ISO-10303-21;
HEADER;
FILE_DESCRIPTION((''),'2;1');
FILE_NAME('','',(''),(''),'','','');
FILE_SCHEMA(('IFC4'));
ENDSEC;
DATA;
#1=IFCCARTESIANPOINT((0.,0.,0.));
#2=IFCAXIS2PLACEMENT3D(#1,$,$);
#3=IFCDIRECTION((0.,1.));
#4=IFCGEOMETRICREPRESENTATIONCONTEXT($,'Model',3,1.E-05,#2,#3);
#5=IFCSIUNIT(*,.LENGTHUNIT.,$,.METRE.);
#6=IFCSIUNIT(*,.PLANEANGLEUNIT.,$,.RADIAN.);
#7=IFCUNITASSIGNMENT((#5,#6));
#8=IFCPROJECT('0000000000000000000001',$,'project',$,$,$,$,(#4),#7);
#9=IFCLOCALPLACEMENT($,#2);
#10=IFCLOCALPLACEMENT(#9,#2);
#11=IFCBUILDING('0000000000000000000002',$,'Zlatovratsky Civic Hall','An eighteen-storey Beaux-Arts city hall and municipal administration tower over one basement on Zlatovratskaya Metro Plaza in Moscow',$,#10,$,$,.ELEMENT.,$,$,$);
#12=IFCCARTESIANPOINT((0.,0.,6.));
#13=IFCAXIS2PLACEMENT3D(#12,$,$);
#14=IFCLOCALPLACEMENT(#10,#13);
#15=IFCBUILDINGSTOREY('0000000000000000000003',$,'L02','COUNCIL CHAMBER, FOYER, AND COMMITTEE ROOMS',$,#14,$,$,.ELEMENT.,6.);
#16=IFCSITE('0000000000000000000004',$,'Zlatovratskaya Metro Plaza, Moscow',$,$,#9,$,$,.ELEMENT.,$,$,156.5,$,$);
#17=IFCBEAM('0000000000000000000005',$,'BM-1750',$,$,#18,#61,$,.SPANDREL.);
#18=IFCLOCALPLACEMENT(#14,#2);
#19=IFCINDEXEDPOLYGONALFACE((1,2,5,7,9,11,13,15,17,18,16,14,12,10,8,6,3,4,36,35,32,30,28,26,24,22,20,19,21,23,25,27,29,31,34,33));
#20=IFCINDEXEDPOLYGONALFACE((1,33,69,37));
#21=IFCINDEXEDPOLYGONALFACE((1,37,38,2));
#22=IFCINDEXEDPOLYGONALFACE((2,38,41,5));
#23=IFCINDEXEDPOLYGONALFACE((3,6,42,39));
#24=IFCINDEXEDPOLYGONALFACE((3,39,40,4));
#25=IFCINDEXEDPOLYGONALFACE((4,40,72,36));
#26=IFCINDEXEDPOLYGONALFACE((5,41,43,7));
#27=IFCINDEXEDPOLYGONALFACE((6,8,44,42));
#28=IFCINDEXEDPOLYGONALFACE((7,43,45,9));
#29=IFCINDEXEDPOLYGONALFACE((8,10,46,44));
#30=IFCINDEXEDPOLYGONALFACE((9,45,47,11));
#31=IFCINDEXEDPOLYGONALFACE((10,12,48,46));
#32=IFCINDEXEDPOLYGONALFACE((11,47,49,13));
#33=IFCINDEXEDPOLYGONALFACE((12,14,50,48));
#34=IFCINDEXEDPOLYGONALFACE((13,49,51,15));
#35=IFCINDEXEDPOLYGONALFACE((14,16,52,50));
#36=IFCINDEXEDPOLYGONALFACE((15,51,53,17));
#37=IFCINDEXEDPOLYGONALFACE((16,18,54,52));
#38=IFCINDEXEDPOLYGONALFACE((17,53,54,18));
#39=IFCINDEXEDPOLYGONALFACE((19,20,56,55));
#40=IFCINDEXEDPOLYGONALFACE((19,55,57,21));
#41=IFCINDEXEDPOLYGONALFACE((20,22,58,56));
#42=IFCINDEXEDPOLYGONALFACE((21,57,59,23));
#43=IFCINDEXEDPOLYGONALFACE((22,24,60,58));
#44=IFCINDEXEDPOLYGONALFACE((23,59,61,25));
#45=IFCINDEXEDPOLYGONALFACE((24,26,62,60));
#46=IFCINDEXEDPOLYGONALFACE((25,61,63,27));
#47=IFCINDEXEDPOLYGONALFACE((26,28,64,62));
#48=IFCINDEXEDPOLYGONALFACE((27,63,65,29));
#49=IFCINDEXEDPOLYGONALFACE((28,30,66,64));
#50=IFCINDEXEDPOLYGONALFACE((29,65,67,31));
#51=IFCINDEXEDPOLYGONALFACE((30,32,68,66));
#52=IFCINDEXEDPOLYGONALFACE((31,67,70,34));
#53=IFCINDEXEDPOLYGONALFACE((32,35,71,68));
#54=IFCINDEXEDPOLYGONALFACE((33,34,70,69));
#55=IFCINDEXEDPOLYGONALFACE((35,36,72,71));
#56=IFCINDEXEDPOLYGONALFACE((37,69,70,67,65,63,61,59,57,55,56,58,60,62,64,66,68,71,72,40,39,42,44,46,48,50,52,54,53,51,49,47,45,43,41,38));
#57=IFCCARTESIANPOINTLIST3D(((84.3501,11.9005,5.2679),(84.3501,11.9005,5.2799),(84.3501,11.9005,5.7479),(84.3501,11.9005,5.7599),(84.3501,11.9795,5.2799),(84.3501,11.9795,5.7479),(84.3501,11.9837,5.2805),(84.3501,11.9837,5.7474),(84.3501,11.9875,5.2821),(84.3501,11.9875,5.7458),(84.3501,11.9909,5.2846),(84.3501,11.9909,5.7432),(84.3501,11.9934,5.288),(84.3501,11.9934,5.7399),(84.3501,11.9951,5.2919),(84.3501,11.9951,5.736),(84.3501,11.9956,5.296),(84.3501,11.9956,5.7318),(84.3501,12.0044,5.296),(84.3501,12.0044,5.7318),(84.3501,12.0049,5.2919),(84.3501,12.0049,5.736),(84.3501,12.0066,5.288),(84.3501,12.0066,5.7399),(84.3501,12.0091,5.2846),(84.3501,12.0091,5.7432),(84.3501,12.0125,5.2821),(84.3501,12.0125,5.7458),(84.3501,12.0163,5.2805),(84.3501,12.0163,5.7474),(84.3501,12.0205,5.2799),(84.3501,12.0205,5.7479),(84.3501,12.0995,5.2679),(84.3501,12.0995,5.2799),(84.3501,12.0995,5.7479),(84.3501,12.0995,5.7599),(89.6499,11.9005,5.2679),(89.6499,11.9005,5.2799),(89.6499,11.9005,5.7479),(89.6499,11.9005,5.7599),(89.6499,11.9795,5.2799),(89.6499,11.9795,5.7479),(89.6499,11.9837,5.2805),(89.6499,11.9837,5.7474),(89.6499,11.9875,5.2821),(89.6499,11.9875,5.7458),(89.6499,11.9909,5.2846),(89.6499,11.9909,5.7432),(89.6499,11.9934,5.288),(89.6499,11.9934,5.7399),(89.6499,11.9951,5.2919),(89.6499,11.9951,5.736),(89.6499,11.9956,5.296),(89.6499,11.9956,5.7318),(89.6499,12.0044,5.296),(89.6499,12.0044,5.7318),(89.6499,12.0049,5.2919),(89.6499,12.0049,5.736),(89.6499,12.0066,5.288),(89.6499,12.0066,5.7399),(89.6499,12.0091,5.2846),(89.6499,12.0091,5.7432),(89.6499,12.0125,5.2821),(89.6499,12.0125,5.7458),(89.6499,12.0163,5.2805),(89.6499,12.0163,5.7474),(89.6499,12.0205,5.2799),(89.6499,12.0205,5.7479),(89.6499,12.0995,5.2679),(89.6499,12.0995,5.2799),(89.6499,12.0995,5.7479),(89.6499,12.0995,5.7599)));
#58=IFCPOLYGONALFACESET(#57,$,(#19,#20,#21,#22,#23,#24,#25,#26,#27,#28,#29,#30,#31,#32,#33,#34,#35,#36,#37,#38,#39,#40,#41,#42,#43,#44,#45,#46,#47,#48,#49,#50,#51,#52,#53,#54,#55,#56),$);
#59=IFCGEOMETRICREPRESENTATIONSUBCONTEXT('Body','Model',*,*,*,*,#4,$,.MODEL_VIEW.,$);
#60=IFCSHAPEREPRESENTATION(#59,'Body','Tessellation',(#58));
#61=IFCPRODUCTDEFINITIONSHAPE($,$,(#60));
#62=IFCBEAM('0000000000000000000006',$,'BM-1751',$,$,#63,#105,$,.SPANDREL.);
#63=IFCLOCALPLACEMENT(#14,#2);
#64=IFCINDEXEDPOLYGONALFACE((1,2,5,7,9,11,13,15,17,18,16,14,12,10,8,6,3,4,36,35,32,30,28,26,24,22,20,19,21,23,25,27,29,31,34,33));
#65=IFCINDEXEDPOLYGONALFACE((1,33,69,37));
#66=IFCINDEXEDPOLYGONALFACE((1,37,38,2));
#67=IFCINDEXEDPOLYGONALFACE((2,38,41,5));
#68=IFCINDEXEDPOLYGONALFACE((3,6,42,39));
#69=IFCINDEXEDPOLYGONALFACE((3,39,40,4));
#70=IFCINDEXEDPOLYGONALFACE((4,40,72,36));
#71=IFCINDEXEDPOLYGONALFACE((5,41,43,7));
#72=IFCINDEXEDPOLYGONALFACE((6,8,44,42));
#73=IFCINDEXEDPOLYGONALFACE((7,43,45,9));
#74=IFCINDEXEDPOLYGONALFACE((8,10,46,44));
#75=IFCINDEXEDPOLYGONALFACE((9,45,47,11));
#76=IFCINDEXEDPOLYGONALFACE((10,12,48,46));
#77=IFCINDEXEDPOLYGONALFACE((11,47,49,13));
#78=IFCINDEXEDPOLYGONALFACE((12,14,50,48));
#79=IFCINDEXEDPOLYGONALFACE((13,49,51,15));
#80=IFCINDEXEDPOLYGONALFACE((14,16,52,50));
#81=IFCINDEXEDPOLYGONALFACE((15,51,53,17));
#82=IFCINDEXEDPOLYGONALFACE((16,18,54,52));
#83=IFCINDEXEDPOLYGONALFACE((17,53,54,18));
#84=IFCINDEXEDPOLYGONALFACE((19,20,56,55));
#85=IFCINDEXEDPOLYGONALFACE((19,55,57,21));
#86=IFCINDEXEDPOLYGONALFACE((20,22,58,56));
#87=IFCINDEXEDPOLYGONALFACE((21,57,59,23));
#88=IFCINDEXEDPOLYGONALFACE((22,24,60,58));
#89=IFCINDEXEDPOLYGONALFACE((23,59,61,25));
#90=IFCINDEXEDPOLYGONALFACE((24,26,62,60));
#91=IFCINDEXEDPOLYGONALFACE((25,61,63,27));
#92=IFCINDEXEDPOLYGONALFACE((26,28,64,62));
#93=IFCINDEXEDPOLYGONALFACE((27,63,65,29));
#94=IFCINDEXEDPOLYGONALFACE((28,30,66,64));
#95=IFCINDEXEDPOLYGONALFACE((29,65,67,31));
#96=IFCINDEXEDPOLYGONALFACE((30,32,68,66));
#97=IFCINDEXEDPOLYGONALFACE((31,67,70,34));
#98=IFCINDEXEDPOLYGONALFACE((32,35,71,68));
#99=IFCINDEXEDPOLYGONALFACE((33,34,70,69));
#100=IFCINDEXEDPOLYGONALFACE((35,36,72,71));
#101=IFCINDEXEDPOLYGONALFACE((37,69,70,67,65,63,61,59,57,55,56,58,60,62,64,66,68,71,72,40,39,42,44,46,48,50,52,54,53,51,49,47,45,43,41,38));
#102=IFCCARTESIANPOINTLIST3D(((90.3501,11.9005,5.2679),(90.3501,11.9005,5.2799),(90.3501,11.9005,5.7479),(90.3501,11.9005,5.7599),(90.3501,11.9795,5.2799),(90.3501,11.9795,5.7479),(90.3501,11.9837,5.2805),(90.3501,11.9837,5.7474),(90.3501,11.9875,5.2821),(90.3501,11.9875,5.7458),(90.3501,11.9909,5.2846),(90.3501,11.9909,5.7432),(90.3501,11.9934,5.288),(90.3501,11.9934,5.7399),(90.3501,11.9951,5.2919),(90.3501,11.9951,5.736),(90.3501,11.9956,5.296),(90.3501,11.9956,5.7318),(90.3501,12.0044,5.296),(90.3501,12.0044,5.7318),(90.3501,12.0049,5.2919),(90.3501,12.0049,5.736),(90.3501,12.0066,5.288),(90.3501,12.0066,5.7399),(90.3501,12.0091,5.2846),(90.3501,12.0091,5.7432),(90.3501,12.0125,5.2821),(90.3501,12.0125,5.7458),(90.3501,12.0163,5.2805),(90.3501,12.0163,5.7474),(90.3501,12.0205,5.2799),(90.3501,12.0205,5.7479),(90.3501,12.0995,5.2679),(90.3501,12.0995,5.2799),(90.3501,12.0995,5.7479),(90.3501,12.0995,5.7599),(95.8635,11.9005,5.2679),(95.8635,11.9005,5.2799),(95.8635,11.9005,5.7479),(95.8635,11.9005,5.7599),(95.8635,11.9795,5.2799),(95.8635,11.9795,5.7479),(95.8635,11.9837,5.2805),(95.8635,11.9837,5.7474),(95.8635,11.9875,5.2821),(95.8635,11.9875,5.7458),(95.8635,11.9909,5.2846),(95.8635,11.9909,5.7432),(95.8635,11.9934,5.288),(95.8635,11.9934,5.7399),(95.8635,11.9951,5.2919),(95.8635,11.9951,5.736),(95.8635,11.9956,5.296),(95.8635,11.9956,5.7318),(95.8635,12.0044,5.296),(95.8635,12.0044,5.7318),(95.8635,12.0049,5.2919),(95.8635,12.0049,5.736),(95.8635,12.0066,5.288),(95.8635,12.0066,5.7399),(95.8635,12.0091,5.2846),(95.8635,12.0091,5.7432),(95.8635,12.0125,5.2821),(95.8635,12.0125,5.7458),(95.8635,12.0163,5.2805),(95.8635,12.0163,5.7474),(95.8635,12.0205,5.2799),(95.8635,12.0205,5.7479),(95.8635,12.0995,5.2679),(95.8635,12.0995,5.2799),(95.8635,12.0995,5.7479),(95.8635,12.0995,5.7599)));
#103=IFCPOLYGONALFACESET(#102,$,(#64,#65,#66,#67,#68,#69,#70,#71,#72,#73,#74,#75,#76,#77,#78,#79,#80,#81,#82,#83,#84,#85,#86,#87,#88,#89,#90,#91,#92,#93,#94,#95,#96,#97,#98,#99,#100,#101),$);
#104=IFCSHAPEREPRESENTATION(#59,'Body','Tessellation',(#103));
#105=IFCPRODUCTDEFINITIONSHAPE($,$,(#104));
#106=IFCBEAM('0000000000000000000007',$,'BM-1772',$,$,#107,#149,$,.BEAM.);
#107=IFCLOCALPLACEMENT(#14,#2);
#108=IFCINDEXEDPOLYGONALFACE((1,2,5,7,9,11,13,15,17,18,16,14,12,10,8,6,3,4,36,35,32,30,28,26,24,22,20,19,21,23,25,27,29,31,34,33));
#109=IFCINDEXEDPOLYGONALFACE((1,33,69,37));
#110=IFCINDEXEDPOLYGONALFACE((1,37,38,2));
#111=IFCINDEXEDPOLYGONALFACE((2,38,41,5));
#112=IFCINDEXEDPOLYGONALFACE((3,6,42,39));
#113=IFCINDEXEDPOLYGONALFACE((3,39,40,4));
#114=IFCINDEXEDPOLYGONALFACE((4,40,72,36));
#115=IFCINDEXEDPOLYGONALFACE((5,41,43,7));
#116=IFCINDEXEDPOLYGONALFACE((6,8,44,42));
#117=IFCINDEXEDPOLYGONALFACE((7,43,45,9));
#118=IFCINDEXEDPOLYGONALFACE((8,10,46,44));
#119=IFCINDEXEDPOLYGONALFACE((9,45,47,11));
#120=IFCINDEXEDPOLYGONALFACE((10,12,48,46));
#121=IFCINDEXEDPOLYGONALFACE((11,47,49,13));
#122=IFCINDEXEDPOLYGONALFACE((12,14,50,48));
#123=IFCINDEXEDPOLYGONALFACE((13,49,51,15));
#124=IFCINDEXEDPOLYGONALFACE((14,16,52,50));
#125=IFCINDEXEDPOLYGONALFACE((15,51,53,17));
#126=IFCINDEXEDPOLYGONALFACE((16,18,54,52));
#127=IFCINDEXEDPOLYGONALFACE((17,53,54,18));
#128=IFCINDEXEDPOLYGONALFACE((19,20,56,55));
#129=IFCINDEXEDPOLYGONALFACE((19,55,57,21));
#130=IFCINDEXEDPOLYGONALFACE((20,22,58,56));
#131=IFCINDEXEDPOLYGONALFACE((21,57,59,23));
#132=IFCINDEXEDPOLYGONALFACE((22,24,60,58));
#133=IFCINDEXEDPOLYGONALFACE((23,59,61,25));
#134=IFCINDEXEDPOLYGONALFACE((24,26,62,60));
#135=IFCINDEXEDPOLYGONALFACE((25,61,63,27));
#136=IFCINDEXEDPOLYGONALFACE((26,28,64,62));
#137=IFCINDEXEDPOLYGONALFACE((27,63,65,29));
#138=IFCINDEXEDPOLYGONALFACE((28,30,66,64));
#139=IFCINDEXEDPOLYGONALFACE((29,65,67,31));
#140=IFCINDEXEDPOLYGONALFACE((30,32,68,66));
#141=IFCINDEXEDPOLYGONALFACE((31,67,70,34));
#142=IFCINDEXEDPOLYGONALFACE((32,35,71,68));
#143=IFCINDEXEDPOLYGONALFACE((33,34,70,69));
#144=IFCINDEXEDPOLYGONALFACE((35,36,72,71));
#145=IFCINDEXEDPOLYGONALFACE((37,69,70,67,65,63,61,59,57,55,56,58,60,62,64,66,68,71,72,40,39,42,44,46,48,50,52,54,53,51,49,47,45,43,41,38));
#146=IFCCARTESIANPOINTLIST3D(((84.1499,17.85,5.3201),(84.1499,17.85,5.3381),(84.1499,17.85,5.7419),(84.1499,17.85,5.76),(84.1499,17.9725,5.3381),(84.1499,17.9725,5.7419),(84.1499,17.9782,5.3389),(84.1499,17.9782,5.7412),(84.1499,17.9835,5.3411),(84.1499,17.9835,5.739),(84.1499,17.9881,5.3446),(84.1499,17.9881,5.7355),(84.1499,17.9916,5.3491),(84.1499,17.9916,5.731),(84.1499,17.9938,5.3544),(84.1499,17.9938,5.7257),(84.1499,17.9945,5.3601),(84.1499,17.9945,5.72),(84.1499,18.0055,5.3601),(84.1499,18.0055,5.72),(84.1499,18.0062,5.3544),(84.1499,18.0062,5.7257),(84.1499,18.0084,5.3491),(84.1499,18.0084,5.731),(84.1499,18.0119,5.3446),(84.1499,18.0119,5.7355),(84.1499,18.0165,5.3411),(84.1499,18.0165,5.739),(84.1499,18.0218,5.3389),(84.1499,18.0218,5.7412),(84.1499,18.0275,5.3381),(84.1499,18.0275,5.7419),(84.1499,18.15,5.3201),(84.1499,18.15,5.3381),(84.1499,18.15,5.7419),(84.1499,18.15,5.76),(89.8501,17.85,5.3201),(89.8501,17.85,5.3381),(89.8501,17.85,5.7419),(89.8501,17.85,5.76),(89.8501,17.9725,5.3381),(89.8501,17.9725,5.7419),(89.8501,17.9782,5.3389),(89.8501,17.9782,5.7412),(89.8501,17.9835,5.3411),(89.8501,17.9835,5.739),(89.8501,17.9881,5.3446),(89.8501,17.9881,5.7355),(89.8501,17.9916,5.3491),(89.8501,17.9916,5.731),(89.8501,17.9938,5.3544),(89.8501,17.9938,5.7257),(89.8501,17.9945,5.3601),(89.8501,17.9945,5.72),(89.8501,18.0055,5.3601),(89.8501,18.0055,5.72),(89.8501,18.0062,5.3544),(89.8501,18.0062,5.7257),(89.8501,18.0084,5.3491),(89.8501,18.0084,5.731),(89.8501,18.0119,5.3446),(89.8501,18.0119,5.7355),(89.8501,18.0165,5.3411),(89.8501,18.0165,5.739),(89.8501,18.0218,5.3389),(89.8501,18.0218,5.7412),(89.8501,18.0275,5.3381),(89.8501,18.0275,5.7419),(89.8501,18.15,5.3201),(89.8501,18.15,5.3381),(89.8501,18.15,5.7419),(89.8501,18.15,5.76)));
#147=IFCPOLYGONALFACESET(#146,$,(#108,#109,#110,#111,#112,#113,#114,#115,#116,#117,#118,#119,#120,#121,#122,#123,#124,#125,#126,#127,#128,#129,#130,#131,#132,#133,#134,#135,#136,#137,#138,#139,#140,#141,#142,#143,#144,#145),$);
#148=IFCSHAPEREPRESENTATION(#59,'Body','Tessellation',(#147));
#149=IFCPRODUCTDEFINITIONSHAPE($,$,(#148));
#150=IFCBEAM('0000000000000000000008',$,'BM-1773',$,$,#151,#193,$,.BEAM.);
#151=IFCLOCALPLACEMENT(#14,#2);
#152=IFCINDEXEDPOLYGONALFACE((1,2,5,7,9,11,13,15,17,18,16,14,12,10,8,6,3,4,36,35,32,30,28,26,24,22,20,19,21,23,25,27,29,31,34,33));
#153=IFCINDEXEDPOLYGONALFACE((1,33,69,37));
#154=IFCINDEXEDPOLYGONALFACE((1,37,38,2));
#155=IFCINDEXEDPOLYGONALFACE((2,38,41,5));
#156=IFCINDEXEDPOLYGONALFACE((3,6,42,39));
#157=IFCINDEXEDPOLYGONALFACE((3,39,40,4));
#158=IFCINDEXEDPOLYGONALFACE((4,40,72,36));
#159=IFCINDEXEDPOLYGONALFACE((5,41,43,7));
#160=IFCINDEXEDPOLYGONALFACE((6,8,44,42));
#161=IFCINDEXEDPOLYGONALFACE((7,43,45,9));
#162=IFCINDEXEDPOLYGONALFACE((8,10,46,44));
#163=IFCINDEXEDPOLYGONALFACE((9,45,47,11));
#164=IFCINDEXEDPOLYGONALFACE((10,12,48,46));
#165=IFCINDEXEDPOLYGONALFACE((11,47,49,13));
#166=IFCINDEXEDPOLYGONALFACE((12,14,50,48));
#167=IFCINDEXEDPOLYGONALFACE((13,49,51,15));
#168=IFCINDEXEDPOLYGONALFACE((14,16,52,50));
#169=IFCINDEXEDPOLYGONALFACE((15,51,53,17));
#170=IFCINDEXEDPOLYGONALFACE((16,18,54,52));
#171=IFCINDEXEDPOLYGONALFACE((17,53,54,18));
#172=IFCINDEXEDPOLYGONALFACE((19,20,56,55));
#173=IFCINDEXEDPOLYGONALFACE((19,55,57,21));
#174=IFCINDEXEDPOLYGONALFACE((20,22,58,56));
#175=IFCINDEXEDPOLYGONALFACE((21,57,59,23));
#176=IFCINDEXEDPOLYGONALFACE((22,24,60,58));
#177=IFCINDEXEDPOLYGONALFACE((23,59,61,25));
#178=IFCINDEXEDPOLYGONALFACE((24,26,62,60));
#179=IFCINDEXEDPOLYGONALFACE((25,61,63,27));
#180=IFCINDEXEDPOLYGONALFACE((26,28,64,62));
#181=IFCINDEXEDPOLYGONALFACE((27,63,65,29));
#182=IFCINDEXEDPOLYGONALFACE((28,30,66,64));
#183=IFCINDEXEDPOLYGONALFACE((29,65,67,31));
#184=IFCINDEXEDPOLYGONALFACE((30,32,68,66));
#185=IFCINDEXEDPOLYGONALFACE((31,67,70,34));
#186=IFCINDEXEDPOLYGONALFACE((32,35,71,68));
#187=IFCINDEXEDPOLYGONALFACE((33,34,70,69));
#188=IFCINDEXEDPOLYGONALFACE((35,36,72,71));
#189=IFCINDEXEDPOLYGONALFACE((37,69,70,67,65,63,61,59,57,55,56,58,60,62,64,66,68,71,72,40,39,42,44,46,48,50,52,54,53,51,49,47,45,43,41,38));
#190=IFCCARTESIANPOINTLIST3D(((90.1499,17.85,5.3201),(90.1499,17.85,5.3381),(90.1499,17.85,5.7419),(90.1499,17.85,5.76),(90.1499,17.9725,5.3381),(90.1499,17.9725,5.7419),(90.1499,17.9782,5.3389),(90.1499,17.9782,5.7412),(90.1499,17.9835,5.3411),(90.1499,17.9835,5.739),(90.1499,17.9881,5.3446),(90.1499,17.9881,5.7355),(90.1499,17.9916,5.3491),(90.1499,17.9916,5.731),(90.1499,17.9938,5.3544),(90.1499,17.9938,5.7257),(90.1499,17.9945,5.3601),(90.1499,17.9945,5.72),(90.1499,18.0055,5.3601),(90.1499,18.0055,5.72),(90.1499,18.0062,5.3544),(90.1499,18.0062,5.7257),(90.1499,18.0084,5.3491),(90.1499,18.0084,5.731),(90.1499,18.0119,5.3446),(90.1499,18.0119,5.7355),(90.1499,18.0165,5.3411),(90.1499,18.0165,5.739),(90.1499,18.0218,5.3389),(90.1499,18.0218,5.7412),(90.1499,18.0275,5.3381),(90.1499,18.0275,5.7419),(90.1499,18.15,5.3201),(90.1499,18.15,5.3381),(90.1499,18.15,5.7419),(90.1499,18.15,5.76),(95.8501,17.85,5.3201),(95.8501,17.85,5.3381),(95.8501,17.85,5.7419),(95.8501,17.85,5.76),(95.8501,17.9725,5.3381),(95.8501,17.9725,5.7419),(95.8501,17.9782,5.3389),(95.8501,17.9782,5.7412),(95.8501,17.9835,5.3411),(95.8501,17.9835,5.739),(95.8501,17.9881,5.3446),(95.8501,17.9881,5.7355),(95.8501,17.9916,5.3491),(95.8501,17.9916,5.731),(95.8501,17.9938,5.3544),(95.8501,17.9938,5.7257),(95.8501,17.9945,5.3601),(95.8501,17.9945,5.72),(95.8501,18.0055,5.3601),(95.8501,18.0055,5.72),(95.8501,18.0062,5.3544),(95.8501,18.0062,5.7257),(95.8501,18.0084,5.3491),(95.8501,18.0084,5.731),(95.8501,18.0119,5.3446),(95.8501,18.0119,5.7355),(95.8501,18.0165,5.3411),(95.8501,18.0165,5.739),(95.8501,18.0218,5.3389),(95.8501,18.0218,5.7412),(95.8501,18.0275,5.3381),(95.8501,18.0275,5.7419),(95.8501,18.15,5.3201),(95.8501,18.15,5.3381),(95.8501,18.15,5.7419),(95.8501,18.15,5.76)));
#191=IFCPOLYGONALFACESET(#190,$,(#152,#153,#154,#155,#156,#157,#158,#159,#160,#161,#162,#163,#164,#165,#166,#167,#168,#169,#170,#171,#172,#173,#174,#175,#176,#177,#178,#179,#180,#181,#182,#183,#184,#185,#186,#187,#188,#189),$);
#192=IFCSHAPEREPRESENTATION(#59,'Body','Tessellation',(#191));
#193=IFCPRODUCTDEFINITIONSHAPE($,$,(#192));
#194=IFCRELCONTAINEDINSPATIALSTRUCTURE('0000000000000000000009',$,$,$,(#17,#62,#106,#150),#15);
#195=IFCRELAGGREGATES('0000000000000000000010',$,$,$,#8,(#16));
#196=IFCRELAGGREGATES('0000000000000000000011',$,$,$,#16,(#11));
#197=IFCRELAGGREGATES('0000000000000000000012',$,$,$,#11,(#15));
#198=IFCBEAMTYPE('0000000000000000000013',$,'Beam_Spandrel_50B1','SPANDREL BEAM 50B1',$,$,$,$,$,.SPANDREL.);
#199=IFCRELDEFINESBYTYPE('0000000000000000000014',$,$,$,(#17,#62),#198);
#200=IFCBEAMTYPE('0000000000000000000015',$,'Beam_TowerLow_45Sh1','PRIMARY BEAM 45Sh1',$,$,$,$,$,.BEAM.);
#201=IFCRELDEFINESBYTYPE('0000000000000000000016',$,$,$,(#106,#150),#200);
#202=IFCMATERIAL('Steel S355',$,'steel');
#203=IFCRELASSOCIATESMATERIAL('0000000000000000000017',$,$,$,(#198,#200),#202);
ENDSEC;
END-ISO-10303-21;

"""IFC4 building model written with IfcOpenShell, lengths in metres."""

from ifc_helpers import new_model, si_unit, direction, frame, origin, origin_2d, place, context, subcontext, project, spatial, i_section, extrude, material, material_profile, profile_set, type_object, element, save


model = new_model("IFC4")

# Units and contexts
model_context = context("Model", 3, precision=1e-05, world=origin(), true_north=direction((0.0, 1.0)))
body_context = subcontext(model_context, "Body", "Model", "MODEL_VIEW")
ifc_project = project(units=[si_unit("LENGTHUNIT", "METRE"), si_unit("PLANEANGLEUNIT", "RADIAN")], contexts=[model_context])

# Site, building, storey
site_placement = place(None, origin())
site = spatial("IfcSite", under=ifc_project, at=site_placement, Name="Zlatovratskaya Metro Plaza, Moscow", CompositionType="ELEMENT", RefElevation=156.5)
building_placement = place(site_placement, origin())
building = spatial("IfcBuilding", under=site, at=building_placement, Name="Zlatovratsky Civic Hall", Description="An eighteen-storey Beaux-Arts city hall and municipal administration tower over one basement on Zlatovratskaya Metro Plaza in Moscow", CompositionType="ELEMENT")
storey_placement = place(building_placement, frame((0.0, 0.0, 6.0)))
storey = spatial("IfcBuildingStorey", under=building, at=storey_placement, Name="L02", Description="COUNCIL CHAMBER, FOYER, AND COMMITTEE ROOMS", CompositionType="ELEMENT", Elevation=6.0)

# Shared definitions
ifc_material_1 = material(Name="Steel S355", Category="steel")

# Beams
ifc_material_profile_1 = material_profile(ifc_material_1, i_section(OverallWidth=0.199, OverallDepth=0.4919, WebThickness=0.0088, FlangeThickness=0.012, FilletRadius=0.0161, at=origin_2d()), Name="50B1")
ifc_profile_set_1 = profile_set([ifc_material_profile_1], Name="Steel S355")
beam_type_1 = type_object("IfcBeamType", Name="Beam_Spandrel_50B1", Description="SPANDREL BEAM 50B1", PredefinedType="SPANDREL", material=ifc_profile_set_1)
beam_1_placement = place(storey_placement, frame((84.3501, 12.0, 5.5139), z_axis=(1.0, 0.0, 0.0), x_axis=(0.0, 1.0, 0.0)))
element("IfcBeam", 1, at=beam_1_placement, inside=storey, type_object=beam_type_1, Name="BM-1750", PredefinedType="SPANDREL", context=body_context, shape_type="SweptSolid", body=[
    extrude(i_section(OverallWidth=0.199, OverallDepth=0.4919, WebThickness=0.0088, FlangeThickness=0.012, FilletRadius=0.0161, at=origin_2d()), origin(), (0.0, 0.0, 1.0), 5.2998),
])
beam_2_placement = place(storey_placement, frame((90.3501, 12.0, 5.5139), z_axis=(1.0, 0.0, 0.0), x_axis=(0.0, 1.0, 0.0)))
element("IfcBeam", 2, at=beam_2_placement, inside=storey, type_object=beam_type_1, Name="BM-1751", PredefinedType="SPANDREL", context=body_context, shape_type="SweptSolid", body=[
    extrude(i_section(OverallWidth=0.199, OverallDepth=0.4919, WebThickness=0.0088, FlangeThickness=0.012, FilletRadius=0.0161, at=origin_2d()), origin(), (0.0, 0.0, 1.0), 5.5134),
])
ifc_material_profile_2 = material_profile(ifc_material_1, i_section(OverallWidth=0.3, OverallDepth=0.4399, WebThickness=0.011, FlangeThickness=0.0181, FilletRadius=0.022, at=origin_2d()), Name="45Sh1")
ifc_profile_set_2 = profile_set([ifc_material_profile_2], Name="Steel S355")
beam_type_2 = type_object("IfcBeamType", Name="Beam_TowerLow_45Sh1", Description="PRIMARY BEAM 45Sh1", PredefinedType="BEAM", material=ifc_profile_set_2)
for number, where, z_axis, x_axis, name in (
    (3, (84.1499, 18.0, 5.54), (1.0, 0.0, 0.0), (0.0, 1.0, 0.0), "BM-1772"),
    (4, (90.1499, 18.0, 5.54), (1.0, 0.0, 0.0), (0.0, 1.0, 0.0), "BM-1773"),
):
    element("IfcBeam", number, at=place(storey_placement, frame(where, z_axis=z_axis, x_axis=x_axis)), inside=storey, type_object=beam_type_2, Name=name, PredefinedType="BEAM", context=body_context, shape_type="SweptSolid", body=[
        extrude(i_section(OverallWidth=0.3, OverallDepth=0.4399, WebThickness=0.011, FlangeThickness=0.0181, FilletRadius=0.022, at=origin_2d()), origin(), (0.0, 0.0, 1.0), 5.7002),
    ])

save(model, "model.ifc")
